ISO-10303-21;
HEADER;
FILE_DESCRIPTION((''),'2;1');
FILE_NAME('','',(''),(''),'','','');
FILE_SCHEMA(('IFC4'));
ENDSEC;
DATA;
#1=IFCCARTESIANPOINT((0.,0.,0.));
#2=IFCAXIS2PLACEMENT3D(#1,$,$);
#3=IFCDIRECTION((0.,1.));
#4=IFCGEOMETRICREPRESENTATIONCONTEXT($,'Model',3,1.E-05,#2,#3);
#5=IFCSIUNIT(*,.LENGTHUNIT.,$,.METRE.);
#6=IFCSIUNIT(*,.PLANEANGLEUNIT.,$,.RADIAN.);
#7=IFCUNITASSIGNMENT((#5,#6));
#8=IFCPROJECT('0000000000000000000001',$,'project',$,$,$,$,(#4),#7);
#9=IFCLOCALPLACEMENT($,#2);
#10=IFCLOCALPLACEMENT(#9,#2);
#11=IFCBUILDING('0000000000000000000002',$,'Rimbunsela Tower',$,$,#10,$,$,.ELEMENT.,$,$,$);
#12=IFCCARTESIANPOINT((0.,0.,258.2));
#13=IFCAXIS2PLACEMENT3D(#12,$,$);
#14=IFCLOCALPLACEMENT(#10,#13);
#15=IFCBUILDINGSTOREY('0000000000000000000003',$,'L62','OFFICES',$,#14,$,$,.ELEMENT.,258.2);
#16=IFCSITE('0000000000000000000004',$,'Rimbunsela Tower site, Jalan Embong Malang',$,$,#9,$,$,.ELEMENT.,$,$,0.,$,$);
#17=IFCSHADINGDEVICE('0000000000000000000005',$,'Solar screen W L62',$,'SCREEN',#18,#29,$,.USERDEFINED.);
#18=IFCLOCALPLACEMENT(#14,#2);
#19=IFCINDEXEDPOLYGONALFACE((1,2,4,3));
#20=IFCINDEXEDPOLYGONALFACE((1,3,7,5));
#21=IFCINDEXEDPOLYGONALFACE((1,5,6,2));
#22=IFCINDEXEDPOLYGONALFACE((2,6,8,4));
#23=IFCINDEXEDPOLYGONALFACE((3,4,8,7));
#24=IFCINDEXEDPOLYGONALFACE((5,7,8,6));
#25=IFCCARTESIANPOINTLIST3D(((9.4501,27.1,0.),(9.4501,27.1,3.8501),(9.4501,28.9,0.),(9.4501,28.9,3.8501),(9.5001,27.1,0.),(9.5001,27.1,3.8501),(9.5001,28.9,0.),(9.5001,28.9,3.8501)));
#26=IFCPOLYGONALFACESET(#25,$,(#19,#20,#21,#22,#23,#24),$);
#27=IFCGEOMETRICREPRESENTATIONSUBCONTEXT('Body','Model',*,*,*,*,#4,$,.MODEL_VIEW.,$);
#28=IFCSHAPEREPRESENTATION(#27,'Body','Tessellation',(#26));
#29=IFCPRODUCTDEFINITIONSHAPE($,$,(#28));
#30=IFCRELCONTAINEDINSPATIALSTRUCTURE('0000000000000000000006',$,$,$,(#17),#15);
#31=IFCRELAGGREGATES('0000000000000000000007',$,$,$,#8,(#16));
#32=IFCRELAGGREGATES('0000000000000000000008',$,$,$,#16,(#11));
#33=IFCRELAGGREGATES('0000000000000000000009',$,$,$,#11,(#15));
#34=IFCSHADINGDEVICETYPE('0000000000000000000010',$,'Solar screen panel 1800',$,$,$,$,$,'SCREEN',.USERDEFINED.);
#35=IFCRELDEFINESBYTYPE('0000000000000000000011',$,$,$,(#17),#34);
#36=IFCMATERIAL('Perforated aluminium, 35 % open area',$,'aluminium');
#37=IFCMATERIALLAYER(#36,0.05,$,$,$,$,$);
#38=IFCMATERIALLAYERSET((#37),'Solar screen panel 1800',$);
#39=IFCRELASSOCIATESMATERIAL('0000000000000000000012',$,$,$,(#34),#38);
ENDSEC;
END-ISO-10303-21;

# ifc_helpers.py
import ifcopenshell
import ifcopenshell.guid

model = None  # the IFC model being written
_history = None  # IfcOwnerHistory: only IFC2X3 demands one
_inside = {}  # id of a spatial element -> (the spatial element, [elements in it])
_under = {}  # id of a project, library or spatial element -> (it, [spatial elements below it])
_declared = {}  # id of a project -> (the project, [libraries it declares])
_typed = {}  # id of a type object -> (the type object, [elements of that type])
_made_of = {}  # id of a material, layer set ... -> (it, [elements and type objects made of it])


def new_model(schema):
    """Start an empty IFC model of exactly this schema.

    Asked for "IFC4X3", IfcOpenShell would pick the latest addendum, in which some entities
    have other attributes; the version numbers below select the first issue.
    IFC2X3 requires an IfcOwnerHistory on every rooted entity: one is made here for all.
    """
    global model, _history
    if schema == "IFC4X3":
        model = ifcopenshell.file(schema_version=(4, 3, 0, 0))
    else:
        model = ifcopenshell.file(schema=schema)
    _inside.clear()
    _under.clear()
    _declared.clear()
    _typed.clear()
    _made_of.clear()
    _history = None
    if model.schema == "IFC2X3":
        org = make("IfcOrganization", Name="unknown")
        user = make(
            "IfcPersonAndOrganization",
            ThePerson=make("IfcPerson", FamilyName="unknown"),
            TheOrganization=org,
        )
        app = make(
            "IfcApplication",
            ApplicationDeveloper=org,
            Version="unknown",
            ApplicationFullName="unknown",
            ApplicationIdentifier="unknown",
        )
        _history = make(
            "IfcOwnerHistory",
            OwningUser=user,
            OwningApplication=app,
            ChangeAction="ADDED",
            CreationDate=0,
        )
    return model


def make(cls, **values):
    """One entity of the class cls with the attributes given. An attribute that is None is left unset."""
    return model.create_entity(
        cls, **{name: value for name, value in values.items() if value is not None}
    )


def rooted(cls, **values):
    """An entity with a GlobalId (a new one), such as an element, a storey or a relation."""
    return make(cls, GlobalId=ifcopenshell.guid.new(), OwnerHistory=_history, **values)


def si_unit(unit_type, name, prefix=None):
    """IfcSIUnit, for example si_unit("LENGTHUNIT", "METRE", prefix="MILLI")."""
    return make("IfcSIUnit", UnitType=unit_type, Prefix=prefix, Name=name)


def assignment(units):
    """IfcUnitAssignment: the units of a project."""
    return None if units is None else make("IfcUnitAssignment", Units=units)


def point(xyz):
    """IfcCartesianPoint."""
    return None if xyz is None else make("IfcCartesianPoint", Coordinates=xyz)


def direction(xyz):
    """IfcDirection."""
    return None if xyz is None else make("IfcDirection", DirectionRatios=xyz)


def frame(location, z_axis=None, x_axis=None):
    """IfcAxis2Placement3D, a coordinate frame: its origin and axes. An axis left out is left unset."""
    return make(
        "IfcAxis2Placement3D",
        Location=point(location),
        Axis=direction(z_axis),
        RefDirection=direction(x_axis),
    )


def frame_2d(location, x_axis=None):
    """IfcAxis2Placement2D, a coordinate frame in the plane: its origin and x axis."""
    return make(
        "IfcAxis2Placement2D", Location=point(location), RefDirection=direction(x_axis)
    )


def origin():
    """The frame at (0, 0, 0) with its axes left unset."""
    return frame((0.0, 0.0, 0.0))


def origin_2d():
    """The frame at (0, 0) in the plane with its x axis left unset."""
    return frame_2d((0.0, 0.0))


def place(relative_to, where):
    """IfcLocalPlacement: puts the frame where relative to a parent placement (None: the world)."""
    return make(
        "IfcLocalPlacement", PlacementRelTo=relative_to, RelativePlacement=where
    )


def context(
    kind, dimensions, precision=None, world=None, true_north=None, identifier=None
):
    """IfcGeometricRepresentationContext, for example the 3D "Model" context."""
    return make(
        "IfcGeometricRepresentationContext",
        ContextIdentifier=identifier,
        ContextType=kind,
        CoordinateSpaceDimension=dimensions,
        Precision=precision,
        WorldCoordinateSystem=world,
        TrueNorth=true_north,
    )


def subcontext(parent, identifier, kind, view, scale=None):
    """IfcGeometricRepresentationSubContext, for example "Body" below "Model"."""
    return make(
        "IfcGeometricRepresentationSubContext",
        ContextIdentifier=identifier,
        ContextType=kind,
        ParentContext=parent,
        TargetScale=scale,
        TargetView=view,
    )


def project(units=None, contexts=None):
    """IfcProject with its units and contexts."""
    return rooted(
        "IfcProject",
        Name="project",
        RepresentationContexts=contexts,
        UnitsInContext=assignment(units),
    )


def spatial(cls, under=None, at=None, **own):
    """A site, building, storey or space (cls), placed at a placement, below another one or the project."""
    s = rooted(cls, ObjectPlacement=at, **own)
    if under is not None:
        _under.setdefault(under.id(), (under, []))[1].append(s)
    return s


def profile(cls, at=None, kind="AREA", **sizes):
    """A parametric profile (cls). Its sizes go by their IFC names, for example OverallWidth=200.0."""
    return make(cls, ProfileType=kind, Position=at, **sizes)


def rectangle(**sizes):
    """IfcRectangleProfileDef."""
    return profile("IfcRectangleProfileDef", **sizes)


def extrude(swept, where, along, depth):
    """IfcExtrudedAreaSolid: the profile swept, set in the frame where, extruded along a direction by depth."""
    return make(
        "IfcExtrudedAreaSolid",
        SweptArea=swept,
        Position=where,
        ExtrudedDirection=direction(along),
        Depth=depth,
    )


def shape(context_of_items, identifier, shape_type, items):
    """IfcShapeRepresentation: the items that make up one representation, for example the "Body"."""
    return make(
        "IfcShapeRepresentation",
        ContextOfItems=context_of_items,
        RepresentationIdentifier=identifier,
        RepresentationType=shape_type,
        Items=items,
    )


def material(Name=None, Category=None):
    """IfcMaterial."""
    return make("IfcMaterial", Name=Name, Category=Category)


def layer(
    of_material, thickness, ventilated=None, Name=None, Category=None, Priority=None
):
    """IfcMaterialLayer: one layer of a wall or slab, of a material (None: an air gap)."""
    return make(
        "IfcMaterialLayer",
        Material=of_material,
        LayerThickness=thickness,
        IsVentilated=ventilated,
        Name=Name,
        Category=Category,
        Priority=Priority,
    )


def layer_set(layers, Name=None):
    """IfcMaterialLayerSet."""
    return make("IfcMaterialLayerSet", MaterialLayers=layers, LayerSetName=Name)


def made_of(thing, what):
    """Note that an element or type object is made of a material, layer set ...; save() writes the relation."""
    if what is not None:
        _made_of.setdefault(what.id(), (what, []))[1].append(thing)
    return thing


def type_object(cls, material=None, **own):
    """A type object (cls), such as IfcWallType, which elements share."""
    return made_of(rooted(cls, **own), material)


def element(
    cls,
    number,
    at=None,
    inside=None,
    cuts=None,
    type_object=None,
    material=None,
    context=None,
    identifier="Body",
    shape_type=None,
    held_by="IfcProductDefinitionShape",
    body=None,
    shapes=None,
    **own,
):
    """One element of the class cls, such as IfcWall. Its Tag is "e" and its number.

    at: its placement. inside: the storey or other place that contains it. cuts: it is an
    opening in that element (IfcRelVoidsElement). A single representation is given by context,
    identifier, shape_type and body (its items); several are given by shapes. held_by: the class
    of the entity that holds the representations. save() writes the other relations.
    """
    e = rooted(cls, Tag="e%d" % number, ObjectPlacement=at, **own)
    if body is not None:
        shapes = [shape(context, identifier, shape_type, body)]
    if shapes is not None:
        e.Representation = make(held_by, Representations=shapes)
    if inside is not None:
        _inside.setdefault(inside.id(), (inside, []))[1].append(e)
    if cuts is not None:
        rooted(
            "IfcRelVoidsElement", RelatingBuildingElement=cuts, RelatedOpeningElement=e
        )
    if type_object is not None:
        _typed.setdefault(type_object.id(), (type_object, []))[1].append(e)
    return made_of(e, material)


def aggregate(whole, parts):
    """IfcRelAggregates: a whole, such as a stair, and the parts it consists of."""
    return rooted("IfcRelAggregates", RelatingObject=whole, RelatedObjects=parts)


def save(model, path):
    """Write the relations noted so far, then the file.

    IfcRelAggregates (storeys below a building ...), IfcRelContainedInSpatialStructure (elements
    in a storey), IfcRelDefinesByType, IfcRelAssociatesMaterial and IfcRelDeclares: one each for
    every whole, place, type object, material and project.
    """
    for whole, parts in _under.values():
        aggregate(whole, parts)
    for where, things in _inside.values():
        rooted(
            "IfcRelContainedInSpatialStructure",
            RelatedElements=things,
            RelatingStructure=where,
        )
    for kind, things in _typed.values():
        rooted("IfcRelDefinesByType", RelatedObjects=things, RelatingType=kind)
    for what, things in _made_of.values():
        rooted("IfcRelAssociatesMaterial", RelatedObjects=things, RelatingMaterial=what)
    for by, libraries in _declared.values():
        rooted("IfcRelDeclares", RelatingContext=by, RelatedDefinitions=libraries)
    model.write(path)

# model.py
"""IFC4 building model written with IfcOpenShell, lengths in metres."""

from ifc_helpers import new_model, si_unit, direction, frame, origin, origin_2d, place, context, subcontext, project, spatial, rectangle, extrude, material, layer, layer_set, type_object, element, save


model = new_model("IFC4")

# Units and contexts
model_context = context("Model", 3, precision=1e-05, world=origin(), true_north=direction((0.0, 1.0)))
body_context = subcontext(model_context, "Body", "Model", "MODEL_VIEW")
ifc_project = project(units=[si_unit("LENGTHUNIT", "METRE"), si_unit("PLANEANGLEUNIT", "RADIAN")], contexts=[model_context])

# Site, building, storey
site_placement = place(None, origin())
site = spatial("IfcSite", under=ifc_project, at=site_placement, Name="Rimbunsela Tower site, Jalan Embong Malang", CompositionType="ELEMENT", RefElevation=0.0)
building_placement = place(site_placement, origin())
building = spatial("IfcBuilding", under=site, at=building_placement, Name="Rimbunsela Tower", CompositionType="ELEMENT")
storey_placement = place(building_placement, frame((0.0, 0.0, 258.2)))
storey = spatial("IfcBuildingStorey", under=building, at=storey_placement, Name="L62", Description="OFFICES", CompositionType="ELEMENT", Elevation=258.2)

# Shading device
ifc_material_1 = material(Name="Perforated aluminium, 35 % open area", Category="aluminium")
ifc_layer_1 = layer(ifc_material_1, 0.05)
ifc_layer_set_1 = layer_set([ifc_layer_1], Name="Solar screen panel 1800")
shading_device_type = type_object("IfcShadingDeviceType", Name="Solar screen panel 1800", ElementType="SCREEN", PredefinedType="USERDEFINED", material=ifc_layer_set_1)
for number, where, z_axis, x_axis, name in (
    (1, (9.4751, 28.0, 0.0), (0.0, 0.0, 1.0), (0.0, 1.0, 0.0), "Solar screen W L62"),
):
    element("IfcShadingDevice", number, at=place(storey_placement, frame(where, z_axis=z_axis, x_axis=x_axis)), inside=storey, type_object=shading_device_type, Name=name, ObjectType="SCREEN", PredefinedType="USERDEFINED", context=body_context, shape_type="SweptSolid", body=[
        extrude(rectangle(XDim=1.8, YDim=0.05, at=origin_2d()), origin(), (0.0, 0.0, 1.0), 3.8501),
    ])

save(model, "model.ifc")
